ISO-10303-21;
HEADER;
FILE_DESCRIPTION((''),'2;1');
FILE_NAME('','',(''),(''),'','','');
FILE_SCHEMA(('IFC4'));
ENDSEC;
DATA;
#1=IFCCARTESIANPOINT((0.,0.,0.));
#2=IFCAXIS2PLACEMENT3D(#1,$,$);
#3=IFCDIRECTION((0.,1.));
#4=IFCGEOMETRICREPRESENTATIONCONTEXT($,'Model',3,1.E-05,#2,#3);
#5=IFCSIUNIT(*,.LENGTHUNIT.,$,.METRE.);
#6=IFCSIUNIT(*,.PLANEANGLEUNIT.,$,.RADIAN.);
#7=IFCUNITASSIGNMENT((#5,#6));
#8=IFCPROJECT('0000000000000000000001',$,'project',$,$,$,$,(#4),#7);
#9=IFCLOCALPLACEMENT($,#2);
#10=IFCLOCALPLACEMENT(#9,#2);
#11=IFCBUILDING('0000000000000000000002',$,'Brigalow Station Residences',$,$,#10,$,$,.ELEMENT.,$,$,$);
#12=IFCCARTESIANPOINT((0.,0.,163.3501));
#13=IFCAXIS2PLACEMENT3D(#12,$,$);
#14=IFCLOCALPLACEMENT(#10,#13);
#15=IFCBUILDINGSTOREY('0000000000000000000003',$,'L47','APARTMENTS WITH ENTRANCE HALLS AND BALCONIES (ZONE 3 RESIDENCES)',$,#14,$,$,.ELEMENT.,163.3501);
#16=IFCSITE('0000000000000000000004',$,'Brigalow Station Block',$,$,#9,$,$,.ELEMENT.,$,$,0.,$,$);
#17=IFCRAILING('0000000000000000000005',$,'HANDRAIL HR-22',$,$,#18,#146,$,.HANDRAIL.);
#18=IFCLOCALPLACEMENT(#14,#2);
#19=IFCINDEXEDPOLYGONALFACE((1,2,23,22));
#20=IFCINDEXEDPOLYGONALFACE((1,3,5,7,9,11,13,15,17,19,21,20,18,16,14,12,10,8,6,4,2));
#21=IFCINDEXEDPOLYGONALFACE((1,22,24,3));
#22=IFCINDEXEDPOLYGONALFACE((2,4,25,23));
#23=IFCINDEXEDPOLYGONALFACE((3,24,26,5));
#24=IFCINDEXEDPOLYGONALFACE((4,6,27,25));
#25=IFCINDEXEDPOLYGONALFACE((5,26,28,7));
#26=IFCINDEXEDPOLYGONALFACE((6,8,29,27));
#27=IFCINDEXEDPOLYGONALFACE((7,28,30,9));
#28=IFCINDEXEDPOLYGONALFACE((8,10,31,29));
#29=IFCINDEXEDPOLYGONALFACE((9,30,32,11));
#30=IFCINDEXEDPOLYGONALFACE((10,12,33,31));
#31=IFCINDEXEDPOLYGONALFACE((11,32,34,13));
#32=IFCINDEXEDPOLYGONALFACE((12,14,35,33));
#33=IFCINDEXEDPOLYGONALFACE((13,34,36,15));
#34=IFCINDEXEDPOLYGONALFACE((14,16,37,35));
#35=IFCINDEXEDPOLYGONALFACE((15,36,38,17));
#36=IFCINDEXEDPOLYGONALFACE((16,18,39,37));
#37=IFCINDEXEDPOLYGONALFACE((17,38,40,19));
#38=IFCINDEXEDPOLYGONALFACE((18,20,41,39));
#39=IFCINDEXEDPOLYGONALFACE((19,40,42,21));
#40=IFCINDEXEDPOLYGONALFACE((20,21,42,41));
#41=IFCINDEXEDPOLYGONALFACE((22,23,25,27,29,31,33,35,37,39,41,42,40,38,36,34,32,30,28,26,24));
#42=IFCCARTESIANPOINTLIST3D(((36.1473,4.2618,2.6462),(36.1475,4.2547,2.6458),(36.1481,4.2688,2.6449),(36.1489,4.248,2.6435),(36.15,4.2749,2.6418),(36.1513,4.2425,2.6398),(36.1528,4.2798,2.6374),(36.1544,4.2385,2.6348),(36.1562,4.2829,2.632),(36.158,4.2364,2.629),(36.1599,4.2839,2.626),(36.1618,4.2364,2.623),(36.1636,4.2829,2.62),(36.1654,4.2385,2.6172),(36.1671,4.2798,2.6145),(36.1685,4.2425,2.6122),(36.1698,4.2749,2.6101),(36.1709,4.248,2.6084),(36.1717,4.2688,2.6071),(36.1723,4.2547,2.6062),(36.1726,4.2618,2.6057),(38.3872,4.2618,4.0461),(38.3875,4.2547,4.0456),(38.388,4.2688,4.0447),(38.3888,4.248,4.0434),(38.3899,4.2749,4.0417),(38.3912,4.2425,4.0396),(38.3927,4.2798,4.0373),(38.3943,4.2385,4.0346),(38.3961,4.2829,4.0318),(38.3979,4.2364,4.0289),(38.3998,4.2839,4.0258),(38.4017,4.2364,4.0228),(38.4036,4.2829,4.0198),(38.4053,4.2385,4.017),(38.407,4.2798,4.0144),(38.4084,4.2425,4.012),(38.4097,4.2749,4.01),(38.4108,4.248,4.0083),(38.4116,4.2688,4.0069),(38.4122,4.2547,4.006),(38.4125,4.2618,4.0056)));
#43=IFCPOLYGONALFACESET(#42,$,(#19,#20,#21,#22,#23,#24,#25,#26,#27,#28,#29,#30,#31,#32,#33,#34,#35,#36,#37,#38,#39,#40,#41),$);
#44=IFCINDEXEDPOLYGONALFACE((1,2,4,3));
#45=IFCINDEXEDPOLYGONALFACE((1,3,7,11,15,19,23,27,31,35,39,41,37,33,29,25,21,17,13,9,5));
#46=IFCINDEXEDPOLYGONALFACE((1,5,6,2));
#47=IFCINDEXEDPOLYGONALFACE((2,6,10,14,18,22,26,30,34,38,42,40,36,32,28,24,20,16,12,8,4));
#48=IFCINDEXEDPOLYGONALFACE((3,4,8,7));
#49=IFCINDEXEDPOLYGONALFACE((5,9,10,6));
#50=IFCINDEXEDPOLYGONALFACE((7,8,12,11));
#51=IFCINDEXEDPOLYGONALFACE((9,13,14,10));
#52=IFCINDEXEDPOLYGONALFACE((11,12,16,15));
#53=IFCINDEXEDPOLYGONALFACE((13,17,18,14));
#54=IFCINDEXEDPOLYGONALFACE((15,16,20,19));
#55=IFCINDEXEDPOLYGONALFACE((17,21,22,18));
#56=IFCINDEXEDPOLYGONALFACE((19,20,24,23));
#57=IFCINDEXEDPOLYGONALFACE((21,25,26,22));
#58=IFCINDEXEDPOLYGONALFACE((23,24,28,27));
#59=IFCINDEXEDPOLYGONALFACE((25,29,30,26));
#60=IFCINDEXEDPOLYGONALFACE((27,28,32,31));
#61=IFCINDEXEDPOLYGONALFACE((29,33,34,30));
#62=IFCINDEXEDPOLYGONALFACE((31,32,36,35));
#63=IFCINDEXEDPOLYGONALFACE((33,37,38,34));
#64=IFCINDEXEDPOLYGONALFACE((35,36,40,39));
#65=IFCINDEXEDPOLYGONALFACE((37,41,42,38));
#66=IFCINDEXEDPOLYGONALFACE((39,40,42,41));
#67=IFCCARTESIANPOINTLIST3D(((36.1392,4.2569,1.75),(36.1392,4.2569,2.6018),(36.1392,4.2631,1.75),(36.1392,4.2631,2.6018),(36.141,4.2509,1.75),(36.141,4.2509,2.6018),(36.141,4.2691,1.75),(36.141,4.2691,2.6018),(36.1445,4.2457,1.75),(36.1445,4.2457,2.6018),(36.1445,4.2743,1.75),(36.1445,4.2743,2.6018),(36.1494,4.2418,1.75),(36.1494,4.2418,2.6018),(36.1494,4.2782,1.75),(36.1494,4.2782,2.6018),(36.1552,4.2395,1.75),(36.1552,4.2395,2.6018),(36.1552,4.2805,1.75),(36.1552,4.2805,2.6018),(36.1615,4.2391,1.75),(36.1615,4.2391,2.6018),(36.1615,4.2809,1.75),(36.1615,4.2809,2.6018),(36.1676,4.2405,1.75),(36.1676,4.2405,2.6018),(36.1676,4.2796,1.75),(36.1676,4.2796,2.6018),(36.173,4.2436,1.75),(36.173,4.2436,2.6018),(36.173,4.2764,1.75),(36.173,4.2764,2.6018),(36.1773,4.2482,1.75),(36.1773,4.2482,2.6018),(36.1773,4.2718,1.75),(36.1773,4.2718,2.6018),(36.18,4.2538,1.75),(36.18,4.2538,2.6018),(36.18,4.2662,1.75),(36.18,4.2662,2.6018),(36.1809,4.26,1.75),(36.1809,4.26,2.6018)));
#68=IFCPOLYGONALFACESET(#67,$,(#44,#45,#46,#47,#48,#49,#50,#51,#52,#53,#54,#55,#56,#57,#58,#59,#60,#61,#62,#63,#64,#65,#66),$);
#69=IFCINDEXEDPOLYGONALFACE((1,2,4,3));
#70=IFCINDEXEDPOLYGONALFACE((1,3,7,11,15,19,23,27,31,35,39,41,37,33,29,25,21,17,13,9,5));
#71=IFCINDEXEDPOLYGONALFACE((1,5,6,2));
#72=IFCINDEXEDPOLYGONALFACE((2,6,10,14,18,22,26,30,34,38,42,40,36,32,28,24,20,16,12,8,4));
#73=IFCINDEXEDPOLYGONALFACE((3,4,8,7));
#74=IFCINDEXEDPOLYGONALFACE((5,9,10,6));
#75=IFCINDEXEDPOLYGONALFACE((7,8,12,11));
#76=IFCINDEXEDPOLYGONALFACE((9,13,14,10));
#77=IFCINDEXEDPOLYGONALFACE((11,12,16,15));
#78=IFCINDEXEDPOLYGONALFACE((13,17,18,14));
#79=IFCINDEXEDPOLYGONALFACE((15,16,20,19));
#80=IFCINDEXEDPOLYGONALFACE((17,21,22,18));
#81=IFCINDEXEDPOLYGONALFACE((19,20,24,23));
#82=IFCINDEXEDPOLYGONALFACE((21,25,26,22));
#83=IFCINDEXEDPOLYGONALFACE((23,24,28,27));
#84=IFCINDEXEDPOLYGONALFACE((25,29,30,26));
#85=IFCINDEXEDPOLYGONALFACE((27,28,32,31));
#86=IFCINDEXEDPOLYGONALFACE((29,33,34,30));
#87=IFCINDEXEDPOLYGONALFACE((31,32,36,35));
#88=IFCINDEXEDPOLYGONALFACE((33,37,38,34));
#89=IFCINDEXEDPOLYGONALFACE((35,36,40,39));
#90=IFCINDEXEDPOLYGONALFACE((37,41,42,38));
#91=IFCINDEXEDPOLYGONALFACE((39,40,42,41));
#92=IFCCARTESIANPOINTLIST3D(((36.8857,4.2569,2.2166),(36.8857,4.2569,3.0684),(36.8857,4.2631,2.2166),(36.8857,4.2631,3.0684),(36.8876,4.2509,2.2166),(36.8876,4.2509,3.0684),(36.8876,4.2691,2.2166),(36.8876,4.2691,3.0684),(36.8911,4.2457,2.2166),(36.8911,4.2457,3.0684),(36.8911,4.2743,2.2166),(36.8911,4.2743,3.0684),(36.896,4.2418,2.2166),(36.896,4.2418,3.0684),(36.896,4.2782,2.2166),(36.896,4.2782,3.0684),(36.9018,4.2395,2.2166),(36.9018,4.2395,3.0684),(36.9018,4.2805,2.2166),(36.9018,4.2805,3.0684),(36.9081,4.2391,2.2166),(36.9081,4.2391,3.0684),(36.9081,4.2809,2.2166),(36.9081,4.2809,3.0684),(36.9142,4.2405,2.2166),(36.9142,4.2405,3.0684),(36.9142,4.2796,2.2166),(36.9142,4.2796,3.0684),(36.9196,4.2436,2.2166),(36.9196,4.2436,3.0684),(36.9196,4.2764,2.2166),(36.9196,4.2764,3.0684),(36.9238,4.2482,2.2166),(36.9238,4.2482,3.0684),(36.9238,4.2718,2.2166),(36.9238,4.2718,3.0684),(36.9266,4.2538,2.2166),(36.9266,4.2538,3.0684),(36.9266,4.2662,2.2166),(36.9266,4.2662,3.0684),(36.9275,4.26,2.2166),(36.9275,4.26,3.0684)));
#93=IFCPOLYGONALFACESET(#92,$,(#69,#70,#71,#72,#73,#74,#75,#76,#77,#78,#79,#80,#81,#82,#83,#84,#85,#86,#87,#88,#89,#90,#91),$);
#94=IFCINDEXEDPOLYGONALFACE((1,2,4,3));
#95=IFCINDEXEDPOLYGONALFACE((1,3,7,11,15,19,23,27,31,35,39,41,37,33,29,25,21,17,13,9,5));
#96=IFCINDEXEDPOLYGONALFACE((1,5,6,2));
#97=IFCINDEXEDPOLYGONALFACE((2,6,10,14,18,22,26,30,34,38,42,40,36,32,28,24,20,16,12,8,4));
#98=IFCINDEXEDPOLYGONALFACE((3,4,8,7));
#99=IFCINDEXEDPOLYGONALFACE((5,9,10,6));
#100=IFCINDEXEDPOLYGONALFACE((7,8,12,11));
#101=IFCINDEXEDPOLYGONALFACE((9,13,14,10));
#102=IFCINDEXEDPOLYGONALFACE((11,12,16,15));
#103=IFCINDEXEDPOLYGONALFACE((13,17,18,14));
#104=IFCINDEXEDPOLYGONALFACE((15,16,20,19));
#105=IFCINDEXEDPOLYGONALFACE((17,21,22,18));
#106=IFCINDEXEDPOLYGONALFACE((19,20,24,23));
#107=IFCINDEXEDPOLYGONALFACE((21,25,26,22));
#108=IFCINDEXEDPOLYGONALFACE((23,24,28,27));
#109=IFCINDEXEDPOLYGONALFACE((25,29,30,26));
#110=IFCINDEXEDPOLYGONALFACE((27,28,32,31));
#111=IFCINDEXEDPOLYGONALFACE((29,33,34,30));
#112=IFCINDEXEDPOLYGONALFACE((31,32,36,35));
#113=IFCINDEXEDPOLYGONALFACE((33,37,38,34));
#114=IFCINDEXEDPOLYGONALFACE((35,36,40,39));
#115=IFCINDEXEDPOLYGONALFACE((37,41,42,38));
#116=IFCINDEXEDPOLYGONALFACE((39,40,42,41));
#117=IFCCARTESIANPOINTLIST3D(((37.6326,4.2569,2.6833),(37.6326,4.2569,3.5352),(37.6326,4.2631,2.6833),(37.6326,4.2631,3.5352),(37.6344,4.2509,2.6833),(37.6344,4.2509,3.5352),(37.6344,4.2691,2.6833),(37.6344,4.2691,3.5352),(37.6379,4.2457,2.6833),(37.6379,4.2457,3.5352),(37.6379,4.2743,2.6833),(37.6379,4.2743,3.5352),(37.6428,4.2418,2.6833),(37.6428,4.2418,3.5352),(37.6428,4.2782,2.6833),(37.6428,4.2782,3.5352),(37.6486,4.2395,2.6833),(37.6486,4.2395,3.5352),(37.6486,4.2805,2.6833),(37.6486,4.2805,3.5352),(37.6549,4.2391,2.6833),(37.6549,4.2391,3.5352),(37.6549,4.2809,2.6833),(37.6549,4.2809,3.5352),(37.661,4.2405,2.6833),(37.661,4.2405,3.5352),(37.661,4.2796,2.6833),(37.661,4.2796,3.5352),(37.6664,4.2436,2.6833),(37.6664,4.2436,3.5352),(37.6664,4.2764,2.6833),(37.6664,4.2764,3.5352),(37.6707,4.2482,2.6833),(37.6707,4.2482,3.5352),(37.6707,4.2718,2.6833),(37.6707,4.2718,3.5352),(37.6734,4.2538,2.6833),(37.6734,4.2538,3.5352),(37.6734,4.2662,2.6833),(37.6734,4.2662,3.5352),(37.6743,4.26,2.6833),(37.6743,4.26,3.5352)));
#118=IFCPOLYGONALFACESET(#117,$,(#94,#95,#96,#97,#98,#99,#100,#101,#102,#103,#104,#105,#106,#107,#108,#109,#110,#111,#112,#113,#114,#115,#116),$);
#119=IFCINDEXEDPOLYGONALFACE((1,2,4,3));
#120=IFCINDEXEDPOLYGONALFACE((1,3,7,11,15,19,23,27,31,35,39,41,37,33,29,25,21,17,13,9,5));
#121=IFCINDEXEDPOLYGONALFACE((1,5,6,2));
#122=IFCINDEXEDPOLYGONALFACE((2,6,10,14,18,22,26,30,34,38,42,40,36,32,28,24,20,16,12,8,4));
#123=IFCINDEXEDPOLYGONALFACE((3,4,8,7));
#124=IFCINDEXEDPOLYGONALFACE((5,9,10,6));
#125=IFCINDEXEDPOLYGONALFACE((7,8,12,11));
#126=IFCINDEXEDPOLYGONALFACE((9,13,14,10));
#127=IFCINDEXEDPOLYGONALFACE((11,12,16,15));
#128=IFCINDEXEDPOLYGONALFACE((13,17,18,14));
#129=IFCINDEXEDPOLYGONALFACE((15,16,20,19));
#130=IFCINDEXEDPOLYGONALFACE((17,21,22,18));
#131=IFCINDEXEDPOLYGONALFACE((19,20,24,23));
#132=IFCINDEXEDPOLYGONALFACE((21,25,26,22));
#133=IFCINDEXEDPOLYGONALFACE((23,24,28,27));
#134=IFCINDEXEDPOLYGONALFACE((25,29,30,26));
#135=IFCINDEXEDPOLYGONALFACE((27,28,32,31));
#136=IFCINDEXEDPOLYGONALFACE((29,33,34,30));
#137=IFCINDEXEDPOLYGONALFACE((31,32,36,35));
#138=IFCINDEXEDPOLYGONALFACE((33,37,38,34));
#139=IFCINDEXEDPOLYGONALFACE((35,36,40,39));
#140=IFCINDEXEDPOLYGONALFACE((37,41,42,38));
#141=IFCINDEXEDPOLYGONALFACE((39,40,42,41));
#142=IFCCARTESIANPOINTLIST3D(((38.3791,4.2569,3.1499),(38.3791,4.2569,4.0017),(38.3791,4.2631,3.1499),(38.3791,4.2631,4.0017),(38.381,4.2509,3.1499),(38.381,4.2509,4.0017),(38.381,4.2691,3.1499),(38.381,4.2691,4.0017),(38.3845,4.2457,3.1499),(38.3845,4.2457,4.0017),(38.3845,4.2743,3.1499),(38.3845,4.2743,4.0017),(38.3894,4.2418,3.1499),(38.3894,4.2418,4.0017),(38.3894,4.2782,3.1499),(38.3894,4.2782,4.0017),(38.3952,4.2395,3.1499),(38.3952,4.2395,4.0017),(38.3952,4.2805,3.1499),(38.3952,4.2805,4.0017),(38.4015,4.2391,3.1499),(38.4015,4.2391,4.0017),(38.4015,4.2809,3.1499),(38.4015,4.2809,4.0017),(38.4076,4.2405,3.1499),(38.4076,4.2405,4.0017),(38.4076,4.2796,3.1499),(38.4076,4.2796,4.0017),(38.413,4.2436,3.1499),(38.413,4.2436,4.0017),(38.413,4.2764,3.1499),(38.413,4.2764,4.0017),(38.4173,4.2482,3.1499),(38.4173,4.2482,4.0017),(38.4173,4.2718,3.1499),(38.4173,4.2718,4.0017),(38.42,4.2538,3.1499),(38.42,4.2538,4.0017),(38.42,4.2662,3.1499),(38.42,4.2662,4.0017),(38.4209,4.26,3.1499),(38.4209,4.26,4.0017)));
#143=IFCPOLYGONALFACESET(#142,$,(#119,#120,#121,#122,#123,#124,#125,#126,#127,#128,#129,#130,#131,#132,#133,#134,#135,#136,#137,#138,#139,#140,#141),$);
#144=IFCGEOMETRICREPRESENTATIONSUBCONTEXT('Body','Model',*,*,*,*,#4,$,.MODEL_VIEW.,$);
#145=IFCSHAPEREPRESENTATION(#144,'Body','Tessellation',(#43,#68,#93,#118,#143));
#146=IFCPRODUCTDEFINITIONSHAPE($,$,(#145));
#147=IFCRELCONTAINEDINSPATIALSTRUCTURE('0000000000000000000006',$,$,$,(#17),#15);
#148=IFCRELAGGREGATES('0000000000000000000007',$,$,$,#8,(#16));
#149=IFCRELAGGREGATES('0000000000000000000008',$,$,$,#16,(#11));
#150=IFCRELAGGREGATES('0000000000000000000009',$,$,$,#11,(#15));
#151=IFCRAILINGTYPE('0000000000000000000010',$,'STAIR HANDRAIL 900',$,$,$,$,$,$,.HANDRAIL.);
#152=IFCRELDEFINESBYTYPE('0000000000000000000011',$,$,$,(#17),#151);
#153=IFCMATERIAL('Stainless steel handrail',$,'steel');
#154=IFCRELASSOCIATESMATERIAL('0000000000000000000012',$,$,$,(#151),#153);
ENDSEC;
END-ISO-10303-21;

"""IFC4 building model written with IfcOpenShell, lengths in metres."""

from ifc_helpers import new_model, si_unit, direction, frame, origin, origin_2d, place, context, subcontext, project, spatial, circle, extrude, material, type_object, element, save


model = new_model("IFC4")

# Units and contexts
model_context = context("Model", 3, precision=1e-05, world=origin(), true_north=direction((0.0, 1.0)))
body_context = subcontext(model_context, "Body", "Model", "MODEL_VIEW")
ifc_project = project(units=[si_unit("LENGTHUNIT", "METRE"), si_unit("PLANEANGLEUNIT", "RADIAN")], contexts=[model_context])

# Site, building, storey
site_placement = place(None, origin())
site = spatial("IfcSite", under=ifc_project, at=site_placement, Name="Brigalow Station Block", CompositionType="ELEMENT", RefElevation=0.0)
building_placement = place(site_placement, origin())
building = spatial("IfcBuilding", under=site, at=building_placement, Name="Brigalow Station Residences", CompositionType="ELEMENT")
storey_placement = place(building_placement, frame((0.0, 0.0, 163.3501)))
storey = spatial("IfcBuildingStorey", under=building, at=storey_placement, Name="L47", Description="APARTMENTS WITH ENTRANCE HALLS AND BALCONIES (ZONE 3 RESIDENCES)", CompositionType="ELEMENT", Elevation=163.3501)

# Railing
ifc_material_1 = material(Name="Stainless steel handrail", Category="steel")
railing_type_1 = type_object("IfcRailingType", Name="STAIR HANDRAIL 900", PredefinedType="HANDRAIL", material=ifc_material_1)
railing_1_placement = place(storey_placement, frame((36.1599, 4.26, 1.75)))
element("IfcRailing", 1, at=railing_1_placement, inside=storey, type_object=railing_type_1, Name="HANDRAIL HR-22", PredefinedType="HANDRAIL", context=body_context, shape_type="SweptSolid", body=[
    extrude(circle(Radius=0.0239, at=origin_2d()), frame((0.0, 0.0, 0.876), z_axis=(0.848014, 0.0, 0.529974), x_axis=(0.0, 1.0, 0.0)), (0.0, 0.0, 1.0), 2.6414),
    extrude(circle(Radius=0.021, at=origin_2d()), origin(), (0.0, 0.0, 1.0), 0.8518),
    extrude(circle(Radius=0.021, at=origin_2d()), frame((0.7466, 0.0, 0.4666)), (0.0, 0.0, 1.0), 0.8518),
    extrude(circle(Radius=0.021, at=origin_2d()), frame((1.4934, 0.0, 0.9333)), (0.0, 0.0, 1.0), 0.8518),
    extrude(circle(Radius=0.021, at=origin_2d()), frame((2.24, 0.0, 1.3999)), (0.0, 0.0, 1.0), 0.8518),
])

save(model, "model.ifc")
